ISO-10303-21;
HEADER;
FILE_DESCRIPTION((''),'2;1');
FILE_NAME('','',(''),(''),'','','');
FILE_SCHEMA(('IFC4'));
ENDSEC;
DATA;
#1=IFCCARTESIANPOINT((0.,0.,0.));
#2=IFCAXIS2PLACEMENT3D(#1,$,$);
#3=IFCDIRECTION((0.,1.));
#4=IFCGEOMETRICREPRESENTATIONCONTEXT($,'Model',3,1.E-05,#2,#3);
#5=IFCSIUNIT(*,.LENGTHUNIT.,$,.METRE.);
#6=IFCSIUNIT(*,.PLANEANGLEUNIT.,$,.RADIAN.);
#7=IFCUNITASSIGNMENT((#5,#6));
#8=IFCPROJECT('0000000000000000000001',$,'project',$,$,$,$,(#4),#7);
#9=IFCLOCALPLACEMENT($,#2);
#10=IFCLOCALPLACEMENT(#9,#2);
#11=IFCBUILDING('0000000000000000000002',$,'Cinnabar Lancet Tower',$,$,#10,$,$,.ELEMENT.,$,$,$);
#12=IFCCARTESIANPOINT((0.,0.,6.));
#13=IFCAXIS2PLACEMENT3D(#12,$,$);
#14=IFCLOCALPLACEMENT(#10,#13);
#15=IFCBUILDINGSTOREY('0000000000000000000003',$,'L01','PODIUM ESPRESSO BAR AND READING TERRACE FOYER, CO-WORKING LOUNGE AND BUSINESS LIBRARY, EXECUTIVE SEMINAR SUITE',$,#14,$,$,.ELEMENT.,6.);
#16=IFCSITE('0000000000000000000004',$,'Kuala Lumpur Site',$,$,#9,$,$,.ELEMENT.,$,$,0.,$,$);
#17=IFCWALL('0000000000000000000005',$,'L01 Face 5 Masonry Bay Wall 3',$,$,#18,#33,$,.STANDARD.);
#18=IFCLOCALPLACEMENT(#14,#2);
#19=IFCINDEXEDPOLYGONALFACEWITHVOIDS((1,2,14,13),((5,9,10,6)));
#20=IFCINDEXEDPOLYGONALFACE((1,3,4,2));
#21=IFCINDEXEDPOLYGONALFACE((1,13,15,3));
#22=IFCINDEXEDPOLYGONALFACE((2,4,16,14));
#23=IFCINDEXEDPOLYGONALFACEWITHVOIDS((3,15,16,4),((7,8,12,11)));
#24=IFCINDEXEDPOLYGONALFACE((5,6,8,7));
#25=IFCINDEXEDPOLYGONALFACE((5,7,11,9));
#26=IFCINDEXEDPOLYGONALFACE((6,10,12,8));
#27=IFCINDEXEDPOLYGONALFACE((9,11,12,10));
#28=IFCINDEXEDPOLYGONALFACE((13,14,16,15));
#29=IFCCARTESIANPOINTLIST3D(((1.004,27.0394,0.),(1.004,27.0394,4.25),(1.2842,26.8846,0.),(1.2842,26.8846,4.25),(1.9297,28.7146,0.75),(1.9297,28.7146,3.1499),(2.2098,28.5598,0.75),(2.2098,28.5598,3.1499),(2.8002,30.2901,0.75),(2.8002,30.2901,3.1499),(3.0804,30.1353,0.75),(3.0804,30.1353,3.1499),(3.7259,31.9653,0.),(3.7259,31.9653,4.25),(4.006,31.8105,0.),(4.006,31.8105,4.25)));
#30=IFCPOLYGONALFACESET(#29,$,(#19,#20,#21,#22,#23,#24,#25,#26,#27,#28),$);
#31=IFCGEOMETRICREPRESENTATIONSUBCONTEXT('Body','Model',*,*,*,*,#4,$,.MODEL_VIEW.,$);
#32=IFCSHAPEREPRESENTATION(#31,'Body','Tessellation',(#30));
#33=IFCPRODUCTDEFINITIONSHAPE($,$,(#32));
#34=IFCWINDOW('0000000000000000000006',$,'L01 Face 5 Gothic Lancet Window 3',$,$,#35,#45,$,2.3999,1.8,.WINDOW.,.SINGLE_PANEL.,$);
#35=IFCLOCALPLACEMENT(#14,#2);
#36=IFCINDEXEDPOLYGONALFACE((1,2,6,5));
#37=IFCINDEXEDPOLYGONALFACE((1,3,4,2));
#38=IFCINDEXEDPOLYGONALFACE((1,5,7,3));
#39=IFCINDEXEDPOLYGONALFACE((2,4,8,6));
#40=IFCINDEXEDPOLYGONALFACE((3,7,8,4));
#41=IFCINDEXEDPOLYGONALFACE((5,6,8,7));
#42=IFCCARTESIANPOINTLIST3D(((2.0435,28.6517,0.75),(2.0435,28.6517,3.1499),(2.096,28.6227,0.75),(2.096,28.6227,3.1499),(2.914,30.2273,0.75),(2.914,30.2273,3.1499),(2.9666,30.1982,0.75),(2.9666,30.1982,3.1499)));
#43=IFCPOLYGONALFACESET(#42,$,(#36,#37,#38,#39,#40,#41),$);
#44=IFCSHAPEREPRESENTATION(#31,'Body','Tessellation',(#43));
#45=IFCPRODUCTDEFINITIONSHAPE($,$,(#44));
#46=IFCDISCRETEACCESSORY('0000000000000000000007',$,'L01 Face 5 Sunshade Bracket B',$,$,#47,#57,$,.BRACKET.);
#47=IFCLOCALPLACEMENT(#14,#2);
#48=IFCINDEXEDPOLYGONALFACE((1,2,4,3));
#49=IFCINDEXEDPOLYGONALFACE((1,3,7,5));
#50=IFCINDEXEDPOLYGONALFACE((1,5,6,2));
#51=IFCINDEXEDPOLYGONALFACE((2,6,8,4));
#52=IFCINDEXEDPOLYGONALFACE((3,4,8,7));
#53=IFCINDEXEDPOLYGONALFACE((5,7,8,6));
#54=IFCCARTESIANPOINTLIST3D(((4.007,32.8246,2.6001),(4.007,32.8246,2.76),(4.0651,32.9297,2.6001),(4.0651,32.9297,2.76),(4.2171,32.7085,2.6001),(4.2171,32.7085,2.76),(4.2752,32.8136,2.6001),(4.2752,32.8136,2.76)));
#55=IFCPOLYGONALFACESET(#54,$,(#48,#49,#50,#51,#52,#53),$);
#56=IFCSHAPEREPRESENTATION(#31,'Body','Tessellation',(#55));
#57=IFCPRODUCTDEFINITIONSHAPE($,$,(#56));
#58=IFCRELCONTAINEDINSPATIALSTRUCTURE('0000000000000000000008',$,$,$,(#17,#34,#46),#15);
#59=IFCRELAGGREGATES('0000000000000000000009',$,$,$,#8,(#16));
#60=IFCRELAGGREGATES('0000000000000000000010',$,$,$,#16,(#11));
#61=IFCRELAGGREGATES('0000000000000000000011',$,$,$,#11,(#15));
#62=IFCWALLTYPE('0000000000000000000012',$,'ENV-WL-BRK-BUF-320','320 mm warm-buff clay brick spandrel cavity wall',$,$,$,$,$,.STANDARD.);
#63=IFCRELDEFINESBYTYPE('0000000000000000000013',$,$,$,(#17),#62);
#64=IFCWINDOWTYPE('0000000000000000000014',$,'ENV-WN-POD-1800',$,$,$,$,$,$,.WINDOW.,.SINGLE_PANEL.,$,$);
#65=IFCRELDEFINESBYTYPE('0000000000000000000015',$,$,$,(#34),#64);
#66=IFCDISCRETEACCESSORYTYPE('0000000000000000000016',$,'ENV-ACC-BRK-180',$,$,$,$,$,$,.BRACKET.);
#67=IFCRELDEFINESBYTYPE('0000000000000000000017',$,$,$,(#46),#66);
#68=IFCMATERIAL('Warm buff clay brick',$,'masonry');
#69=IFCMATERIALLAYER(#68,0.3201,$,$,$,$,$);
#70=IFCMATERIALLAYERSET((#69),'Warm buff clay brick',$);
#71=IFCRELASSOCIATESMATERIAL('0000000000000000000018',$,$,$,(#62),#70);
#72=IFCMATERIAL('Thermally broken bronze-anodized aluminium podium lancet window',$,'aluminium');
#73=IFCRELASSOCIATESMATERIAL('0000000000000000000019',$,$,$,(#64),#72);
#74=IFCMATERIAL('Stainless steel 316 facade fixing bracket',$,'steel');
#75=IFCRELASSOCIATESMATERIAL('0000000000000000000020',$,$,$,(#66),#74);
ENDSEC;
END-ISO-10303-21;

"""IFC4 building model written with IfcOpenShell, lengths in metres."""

from ifc_helpers import new_model, si_unit, direction, frame, frame_2d, origin, origin_2d, place, context, subcontext, project, spatial, rectangle, extrude, material, layer, layer_set, type_object, element, fill, save


model = new_model("IFC4")

# Units and contexts
model_context = context("Model", 3, precision=1e-05, world=origin(), true_north=direction((0.0, 1.0)))
body_context = subcontext(model_context, "Body", "Model", "MODEL_VIEW")
ifc_project = project(units=[si_unit("LENGTHUNIT", "METRE"), si_unit("PLANEANGLEUNIT", "RADIAN")], contexts=[model_context])

# Site, building, storey
site_placement = place(None, origin())
site = spatial("IfcSite", under=ifc_project, at=site_placement, Name="Kuala Lumpur Site", CompositionType="ELEMENT", RefElevation=0.0)
building_placement = place(site_placement, origin())
building = spatial("IfcBuilding", under=site, at=building_placement, Name="Cinnabar Lancet Tower", CompositionType="ELEMENT")
storey_placement = place(building_placement, frame((0.0, 0.0, 6.0)))
storey = spatial("IfcBuildingStorey", under=building, at=storey_placement, Name="L01", Description="PODIUM ESPRESSO BAR AND READING TERRACE FOYER, CO-WORKING LOUNGE AND BUSINESS LIBRARY, EXECUTIVE SEMINAR SUITE", CompositionType="ELEMENT", Elevation=6.0)

# Wall, opening, window
ifc_material_1 = material(Name="Warm buff clay brick", Category="masonry")
ifc_layer_1 = layer(ifc_material_1, 0.3201)
ifc_layer_set_1 = layer_set([ifc_layer_1], Name="Warm buff clay brick")
wall_type_1 = type_object("IfcWallType", Name="ENV-WL-BRK-BUF-320", Description="320 mm warm-buff clay brick spandrel cavity wall", PredefinedType="STANDARD", material=ifc_layer_set_1)
wall_1_placement = place(storey_placement, frame((3.866, 31.8879, 0.0), z_axis=(0.0, 0.0, 1.0), x_axis=(-0.483638, -0.875268, 0.0)))
wall_1 = element("IfcWall", 1, at=wall_1_placement, inside=storey, type_object=wall_type_1, Name="L01 Face 5 Masonry Bay Wall 3", PredefinedType="STANDARD", context=body_context, shape_type="SweptSolid", body=[
    extrude(rectangle(XDim=5.6279, YDim=0.3201, at=frame_2d((2.814, 0.0))), origin(), (0.0, 0.0, 1.0), 4.25),
])
opening_1_placement = place(wall_1_placement, frame((1.9141, 0.0, 0.75)))
opening_1 = element("IfcOpeningElement", 2, at=opening_1_placement, cuts=wall_1, PredefinedType="OPENING", context=body_context, shape_type="SweptSolid", body=[
    extrude(rectangle(XDim=1.8, YDim=2.3999, at=frame_2d((0.8999, 1.2))), frame((0.0, 0.1699, 0.0), z_axis=(0.0, -1.0, 0.0), x_axis=(1.0, 0.0, 0.0)), (0.0, 0.0, 1.0), 0.3401),
])
ifc_material_2 = material(Name="Thermally broken bronze-anodized aluminium podium lancet window", Category="aluminium")
window_type = type_object("IfcWindowType", Name="ENV-WN-POD-1800", PartitioningType="SINGLE_PANEL", PredefinedType="WINDOW", material=ifc_material_2)
window_placement = place(opening_1_placement, origin())
window = element("IfcWindow", 3, at=window_placement, inside=storey, type_object=window_type, Name="L01 Face 5 Gothic Lancet Window 3", OverallHeight=2.3999, OverallWidth=1.8, PartitioningType="SINGLE_PANEL", PredefinedType="WINDOW", context=body_context, shape_type="SweptSolid", body=[
    extrude(rectangle(XDim=1.8, YDim=2.3999, at=frame_2d((0.8999, 1.2))), frame((0.0, 0.03, 0.0), z_axis=(0.0, -1.0, 0.0), x_axis=(1.0, 0.0, 0.0)), (0.0, 0.0, 1.0), 0.0601),
])
fill(opening_1, window)

# Discrete accessory
ifc_material_3 = material(Name="Stainless steel 316 facade fixing bracket", Category="steel")
discrete_accessory_type = type_object("IfcDiscreteAccessoryType", Name="ENV-ACC-BRK-180", PredefinedType="BRACKET", material=ifc_material_3)
discrete_accessory_placement = place(storey_placement, frame((4.1411, 32.8191, 2.6001), z_axis=(0.0, 0.0, 1.0), x_axis=(-0.48368, -0.875245, 0.0)))
element("IfcDiscreteAccessory", 4, at=discrete_accessory_placement, inside=storey, type_object=discrete_accessory_type, Name="L01 Face 5 Sunshade Bracket B", PredefinedType="BRACKET", context=body_context, shape_type="SweptSolid", body=[
    extrude(rectangle(XDim=0.1201, YDim=0.24, at=origin_2d()), origin(), (0.0, 0.0, 1.0), 0.1599),
])

save(model, "model.ifc")
